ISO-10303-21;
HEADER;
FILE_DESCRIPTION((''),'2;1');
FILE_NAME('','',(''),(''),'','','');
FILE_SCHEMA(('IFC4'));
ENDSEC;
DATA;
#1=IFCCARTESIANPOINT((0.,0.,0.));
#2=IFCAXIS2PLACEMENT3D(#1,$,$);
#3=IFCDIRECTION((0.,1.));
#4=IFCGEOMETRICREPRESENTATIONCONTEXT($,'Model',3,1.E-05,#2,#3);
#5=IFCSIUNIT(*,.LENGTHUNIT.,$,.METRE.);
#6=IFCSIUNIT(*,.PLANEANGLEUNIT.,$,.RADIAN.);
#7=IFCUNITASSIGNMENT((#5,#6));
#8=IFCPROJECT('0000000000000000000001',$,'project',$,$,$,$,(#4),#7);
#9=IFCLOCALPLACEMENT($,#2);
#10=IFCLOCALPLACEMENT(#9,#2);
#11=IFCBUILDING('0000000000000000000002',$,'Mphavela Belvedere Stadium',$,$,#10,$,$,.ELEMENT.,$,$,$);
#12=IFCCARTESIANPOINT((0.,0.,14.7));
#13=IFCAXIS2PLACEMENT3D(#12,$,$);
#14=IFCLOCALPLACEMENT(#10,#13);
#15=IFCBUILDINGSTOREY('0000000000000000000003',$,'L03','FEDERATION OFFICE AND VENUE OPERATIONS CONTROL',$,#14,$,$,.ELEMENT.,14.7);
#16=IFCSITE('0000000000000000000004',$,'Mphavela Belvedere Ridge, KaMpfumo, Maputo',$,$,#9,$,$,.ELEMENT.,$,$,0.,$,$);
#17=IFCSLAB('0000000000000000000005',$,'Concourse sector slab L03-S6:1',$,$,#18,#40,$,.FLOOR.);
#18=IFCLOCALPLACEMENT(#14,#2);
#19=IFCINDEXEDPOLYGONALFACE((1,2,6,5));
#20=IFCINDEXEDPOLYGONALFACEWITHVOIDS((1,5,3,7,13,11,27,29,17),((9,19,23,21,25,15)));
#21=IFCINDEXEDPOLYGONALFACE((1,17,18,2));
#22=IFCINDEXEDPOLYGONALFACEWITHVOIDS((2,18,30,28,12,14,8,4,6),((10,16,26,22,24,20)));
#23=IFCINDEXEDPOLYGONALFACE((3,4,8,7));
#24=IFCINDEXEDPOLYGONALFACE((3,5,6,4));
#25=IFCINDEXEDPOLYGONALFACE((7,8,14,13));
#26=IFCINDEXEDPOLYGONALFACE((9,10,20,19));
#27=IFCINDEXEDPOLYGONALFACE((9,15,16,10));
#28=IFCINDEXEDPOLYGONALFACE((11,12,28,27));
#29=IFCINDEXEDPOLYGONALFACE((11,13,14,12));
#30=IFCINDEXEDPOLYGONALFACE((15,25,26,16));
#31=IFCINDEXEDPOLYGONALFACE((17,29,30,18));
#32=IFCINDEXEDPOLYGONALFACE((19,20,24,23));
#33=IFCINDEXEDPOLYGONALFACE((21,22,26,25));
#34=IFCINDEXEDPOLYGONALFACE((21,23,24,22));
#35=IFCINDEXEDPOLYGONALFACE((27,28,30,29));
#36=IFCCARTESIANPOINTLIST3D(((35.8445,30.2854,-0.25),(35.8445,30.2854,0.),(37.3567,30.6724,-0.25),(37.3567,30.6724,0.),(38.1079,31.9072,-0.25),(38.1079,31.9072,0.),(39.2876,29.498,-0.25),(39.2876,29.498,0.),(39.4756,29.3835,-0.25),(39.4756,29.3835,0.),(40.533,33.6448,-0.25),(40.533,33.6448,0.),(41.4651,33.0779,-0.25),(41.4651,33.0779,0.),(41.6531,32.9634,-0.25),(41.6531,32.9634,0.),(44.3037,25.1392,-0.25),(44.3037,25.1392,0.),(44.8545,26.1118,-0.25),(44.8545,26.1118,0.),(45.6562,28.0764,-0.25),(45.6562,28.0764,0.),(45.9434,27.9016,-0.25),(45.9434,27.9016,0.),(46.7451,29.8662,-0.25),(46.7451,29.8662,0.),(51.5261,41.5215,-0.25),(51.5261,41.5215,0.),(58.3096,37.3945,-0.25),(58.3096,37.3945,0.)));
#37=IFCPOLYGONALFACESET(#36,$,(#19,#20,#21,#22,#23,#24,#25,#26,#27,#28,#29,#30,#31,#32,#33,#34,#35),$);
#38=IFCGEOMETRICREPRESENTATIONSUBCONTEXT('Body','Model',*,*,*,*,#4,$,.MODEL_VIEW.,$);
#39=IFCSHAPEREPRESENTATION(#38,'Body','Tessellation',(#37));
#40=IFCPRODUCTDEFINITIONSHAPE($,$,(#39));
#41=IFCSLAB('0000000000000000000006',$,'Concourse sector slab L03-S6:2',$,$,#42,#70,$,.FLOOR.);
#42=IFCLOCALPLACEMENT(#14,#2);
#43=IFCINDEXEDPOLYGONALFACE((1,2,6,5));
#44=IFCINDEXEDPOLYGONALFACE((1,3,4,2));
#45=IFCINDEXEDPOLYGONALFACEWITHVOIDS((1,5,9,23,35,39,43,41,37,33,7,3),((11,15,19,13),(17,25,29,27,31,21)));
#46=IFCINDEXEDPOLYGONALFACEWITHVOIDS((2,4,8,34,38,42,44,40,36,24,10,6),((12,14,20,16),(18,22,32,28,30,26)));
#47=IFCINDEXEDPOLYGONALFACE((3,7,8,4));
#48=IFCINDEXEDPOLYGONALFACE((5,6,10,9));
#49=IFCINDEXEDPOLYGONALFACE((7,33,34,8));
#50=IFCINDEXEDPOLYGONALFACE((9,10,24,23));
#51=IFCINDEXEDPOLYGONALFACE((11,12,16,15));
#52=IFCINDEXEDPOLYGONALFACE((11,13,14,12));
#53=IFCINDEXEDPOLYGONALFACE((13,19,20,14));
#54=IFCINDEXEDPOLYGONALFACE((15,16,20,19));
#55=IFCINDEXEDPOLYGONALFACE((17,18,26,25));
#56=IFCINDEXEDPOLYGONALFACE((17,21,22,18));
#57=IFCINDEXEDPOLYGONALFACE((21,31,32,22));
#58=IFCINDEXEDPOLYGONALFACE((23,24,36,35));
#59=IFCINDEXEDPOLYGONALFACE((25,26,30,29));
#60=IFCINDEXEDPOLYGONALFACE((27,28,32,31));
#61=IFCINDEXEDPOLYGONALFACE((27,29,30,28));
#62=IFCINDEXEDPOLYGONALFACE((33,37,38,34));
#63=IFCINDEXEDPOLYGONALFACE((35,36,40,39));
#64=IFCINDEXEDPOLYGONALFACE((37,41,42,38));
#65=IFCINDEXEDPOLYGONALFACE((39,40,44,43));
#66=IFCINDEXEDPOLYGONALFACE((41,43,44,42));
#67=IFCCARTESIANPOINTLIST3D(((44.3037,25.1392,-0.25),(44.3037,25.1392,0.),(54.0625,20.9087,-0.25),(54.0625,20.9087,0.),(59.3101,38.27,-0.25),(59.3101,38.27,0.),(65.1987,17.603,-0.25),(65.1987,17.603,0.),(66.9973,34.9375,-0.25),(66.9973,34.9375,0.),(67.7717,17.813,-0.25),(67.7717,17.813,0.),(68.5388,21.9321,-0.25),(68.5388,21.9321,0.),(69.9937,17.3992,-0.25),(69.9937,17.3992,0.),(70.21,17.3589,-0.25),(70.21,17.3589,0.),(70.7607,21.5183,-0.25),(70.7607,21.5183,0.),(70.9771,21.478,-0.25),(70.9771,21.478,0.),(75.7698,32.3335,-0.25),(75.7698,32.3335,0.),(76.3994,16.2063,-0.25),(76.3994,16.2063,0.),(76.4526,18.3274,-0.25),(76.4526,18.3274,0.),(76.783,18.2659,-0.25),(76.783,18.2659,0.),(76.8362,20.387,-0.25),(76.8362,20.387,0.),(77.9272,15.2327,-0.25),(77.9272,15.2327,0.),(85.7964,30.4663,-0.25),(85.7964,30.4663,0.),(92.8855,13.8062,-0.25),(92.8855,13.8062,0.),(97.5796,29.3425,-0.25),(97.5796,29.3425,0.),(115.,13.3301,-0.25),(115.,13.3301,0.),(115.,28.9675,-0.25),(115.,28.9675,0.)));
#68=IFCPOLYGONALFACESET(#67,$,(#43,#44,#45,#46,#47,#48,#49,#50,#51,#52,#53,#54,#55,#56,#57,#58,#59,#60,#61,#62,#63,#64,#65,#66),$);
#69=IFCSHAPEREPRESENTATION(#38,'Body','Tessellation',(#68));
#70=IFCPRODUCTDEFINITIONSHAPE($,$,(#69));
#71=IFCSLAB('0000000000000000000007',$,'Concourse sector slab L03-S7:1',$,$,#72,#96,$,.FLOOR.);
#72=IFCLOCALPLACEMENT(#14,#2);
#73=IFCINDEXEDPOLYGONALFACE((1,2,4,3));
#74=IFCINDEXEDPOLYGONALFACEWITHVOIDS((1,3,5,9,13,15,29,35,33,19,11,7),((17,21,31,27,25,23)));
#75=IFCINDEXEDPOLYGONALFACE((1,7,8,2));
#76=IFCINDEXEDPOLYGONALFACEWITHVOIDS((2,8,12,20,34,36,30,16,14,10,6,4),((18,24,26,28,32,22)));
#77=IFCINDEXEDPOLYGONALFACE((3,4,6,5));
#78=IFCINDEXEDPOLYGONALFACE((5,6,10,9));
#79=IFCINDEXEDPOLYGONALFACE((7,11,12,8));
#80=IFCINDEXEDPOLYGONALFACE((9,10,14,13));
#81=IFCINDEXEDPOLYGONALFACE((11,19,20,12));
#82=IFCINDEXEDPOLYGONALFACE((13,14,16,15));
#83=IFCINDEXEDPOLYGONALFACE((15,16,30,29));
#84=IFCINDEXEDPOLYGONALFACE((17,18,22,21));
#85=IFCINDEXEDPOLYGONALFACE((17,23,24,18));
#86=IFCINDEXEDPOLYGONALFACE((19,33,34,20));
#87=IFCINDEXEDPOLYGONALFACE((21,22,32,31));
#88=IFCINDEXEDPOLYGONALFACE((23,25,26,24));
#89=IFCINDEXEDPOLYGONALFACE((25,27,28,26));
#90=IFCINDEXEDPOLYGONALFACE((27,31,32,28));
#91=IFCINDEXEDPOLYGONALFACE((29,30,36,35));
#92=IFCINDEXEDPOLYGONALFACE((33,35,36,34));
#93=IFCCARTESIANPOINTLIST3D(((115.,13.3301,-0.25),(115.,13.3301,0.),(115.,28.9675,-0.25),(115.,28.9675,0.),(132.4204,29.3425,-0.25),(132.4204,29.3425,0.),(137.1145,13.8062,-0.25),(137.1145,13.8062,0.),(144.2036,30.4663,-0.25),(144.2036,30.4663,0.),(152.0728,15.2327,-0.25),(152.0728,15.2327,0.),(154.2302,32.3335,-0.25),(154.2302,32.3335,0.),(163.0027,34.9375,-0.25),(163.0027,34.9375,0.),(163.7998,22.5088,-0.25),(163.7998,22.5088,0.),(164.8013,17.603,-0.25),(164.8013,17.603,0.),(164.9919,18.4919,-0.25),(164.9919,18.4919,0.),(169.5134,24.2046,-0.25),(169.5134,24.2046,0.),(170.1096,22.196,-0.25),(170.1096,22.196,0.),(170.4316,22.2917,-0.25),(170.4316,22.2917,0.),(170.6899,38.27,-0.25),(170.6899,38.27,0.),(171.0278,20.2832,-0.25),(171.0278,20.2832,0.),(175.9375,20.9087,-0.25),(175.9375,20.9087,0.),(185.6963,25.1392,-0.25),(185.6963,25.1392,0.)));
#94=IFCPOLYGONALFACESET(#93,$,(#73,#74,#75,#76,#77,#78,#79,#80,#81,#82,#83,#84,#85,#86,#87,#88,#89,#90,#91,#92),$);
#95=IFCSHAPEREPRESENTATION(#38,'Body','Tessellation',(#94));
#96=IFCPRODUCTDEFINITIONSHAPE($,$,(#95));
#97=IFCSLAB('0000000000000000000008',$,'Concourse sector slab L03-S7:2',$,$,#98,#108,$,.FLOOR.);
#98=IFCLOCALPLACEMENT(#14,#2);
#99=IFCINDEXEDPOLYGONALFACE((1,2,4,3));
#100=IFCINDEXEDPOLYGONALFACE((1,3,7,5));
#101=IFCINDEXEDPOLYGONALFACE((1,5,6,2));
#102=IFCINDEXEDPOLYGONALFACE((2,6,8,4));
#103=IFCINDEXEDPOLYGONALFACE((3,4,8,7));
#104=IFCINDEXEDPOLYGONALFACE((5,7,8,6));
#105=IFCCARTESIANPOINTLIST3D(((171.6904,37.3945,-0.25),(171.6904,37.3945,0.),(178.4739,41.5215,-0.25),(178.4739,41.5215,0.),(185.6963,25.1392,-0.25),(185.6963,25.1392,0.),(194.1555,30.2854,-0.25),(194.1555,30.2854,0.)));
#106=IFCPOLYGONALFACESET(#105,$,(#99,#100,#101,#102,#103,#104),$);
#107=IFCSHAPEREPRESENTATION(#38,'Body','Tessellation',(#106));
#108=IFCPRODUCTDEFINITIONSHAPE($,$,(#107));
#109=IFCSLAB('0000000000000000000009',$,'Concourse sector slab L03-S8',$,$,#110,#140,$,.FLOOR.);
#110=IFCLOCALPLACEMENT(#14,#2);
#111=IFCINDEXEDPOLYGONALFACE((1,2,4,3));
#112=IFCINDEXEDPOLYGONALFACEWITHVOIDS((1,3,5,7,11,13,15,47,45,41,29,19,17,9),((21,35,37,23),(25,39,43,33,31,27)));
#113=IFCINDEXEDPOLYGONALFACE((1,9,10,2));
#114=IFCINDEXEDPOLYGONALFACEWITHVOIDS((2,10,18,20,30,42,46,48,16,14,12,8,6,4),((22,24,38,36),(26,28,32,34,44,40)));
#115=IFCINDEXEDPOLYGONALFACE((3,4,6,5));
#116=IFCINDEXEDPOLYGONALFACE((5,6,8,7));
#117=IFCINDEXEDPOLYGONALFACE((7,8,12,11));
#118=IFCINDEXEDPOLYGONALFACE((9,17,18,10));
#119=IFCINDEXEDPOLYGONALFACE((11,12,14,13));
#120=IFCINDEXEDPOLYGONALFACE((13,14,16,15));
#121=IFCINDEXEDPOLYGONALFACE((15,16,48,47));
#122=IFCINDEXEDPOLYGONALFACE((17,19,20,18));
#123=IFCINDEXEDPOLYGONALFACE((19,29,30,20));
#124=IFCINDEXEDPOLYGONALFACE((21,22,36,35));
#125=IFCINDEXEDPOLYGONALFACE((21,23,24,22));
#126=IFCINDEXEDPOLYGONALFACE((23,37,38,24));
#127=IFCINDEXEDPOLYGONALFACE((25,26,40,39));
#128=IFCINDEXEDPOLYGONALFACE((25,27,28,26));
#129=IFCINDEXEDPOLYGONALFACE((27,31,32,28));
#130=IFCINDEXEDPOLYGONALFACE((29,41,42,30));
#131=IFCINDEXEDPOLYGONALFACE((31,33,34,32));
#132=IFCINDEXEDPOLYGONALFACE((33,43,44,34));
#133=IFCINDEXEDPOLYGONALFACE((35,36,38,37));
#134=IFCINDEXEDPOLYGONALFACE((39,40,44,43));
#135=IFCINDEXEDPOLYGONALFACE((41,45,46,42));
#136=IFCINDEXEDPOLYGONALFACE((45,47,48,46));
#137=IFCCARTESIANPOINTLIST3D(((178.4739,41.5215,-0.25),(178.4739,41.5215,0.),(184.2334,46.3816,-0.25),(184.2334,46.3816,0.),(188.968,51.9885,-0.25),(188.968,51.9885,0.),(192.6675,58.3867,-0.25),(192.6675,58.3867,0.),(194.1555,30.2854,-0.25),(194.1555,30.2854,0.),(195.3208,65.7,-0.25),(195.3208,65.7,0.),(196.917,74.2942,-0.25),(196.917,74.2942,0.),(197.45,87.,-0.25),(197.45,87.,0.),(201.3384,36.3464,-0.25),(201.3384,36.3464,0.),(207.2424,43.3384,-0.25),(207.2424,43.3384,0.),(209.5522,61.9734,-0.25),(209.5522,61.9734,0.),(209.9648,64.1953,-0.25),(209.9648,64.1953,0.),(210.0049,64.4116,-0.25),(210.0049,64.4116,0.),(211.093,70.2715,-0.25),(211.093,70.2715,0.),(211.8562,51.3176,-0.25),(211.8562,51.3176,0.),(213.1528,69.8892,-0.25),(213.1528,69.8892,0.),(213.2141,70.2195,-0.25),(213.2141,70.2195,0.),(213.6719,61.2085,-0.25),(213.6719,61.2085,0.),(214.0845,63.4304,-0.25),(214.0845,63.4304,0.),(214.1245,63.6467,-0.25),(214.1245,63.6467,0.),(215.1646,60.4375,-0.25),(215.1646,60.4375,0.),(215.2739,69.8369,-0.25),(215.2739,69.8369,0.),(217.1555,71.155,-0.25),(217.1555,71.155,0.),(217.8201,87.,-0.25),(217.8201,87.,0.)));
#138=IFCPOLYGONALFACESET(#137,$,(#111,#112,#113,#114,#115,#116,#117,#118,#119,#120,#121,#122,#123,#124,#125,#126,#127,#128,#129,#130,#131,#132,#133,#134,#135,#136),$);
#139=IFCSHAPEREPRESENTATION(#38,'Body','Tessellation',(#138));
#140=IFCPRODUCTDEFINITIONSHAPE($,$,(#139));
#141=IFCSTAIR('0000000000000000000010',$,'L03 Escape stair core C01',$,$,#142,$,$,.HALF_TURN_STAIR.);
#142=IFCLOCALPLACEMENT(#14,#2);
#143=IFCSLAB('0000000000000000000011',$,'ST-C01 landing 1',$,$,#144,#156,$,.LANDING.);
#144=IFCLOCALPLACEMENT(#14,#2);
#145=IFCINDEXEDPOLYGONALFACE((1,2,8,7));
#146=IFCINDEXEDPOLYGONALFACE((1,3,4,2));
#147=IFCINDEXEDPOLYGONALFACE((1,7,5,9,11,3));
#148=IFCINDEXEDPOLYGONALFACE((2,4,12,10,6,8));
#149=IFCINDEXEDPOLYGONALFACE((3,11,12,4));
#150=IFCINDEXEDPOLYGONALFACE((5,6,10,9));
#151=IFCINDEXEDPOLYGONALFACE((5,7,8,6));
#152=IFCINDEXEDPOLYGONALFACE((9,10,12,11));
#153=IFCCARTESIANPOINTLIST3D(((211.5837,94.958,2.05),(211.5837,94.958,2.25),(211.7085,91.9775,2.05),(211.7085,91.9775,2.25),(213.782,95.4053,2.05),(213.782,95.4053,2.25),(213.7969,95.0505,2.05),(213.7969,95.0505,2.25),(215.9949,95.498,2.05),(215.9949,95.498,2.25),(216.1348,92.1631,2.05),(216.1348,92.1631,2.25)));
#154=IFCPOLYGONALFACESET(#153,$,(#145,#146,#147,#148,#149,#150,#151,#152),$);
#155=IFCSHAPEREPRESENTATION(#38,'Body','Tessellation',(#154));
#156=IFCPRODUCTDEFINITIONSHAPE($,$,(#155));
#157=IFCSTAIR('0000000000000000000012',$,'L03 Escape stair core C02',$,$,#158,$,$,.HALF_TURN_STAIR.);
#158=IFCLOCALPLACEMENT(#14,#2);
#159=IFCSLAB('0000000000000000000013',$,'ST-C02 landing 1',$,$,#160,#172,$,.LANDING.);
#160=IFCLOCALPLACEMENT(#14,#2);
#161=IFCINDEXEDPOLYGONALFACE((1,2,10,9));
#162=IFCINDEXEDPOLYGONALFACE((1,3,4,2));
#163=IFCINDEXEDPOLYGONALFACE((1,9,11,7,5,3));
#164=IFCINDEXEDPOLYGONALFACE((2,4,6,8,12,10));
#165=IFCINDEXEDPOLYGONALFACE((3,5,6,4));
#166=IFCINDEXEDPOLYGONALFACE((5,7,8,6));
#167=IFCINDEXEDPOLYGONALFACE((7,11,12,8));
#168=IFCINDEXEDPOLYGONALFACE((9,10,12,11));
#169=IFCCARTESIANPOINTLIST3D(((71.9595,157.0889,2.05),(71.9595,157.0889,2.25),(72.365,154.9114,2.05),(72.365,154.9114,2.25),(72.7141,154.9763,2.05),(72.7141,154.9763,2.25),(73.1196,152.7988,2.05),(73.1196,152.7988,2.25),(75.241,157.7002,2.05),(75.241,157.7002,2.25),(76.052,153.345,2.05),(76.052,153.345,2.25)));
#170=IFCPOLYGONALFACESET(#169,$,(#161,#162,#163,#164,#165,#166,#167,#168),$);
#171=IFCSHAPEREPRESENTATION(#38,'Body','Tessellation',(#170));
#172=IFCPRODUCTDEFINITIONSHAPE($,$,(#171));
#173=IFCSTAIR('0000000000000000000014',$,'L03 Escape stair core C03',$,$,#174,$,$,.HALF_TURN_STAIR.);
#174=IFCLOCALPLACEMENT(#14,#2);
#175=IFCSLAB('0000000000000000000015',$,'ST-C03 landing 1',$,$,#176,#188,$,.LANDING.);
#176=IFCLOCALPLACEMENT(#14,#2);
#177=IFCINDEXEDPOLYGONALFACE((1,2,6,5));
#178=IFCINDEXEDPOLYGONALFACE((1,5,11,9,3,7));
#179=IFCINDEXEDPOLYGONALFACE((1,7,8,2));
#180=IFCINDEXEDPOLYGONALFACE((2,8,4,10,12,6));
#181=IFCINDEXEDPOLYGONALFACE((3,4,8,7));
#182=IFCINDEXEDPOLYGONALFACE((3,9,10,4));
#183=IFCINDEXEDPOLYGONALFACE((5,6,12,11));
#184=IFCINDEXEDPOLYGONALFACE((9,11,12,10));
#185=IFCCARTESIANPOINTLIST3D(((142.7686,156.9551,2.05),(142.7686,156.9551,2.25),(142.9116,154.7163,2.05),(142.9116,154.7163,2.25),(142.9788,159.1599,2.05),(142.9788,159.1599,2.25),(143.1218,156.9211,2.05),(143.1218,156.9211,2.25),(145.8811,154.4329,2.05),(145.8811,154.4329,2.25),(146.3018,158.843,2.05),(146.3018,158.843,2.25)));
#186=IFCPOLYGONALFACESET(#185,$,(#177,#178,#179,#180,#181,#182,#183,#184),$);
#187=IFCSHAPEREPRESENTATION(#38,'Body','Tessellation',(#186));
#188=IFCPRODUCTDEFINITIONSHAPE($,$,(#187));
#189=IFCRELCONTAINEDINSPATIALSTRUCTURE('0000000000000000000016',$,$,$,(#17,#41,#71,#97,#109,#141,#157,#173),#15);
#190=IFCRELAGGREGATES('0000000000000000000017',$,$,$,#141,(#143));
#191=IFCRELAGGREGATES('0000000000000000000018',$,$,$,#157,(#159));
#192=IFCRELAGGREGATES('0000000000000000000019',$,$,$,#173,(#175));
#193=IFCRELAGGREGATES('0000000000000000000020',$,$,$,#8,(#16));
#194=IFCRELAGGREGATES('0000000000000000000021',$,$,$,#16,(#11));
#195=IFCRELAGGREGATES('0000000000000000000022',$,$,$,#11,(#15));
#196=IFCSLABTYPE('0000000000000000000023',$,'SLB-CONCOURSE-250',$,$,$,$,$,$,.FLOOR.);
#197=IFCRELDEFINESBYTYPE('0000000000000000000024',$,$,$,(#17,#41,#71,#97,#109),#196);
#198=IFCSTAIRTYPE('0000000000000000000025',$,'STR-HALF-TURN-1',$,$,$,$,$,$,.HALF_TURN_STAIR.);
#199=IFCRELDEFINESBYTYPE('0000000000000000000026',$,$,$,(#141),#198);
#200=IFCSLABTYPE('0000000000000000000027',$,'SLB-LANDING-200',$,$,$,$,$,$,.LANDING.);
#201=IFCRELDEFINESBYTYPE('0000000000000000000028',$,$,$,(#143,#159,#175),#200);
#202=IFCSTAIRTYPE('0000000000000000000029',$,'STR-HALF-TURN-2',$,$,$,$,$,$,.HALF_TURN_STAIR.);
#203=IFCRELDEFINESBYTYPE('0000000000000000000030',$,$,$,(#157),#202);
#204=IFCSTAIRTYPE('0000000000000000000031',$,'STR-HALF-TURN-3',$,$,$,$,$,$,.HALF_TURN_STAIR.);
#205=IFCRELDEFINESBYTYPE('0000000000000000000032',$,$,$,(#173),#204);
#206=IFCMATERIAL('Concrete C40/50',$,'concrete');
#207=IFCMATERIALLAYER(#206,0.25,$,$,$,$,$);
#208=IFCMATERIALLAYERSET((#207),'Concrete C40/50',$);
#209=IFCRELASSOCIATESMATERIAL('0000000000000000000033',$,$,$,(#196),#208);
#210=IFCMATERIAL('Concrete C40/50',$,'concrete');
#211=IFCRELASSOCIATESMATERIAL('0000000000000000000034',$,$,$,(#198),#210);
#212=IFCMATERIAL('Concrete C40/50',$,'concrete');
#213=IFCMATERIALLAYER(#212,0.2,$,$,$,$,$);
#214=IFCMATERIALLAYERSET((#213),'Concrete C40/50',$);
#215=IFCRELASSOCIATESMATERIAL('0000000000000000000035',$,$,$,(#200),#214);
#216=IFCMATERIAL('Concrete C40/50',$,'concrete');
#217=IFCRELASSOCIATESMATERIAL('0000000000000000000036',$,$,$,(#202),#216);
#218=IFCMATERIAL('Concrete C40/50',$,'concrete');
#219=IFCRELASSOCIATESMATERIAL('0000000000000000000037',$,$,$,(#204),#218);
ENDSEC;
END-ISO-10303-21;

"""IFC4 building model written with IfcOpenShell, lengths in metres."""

from ifc_helpers import new_model, si_unit, direction, frame, origin, place, context, subcontext, project, spatial, polyline, outline, extrude, material, layer, layer_set, type_object, element, aggregate, save


model = new_model("IFC4")

# Units and contexts
model_context = context("Model", 3, precision=1e-05, world=origin(), true_north=direction((0.0, 1.0)))
body_context = subcontext(model_context, "Body", "Model", "MODEL_VIEW")
ifc_project = project(units=[si_unit("LENGTHUNIT", "METRE"), si_unit("PLANEANGLEUNIT", "RADIAN")], contexts=[model_context])

# Site, building, storey
site_placement = place(None, origin())
site = spatial("IfcSite", under=ifc_project, at=site_placement, Name="Mphavela Belvedere Ridge, KaMpfumo, Maputo", CompositionType="ELEMENT", RefElevation=0.0)
building_placement = place(site_placement, origin())
building = spatial("IfcBuilding", under=site, at=building_placement, Name="Mphavela Belvedere Stadium", CompositionType="ELEMENT")
storey_placement = place(building_placement, frame((0.0, 0.0, 14.7)))
storey = spatial("IfcBuildingStorey", under=building, at=storey_placement, Name="L03", Description="FEDERATION OFFICE AND VENUE OPERATIONS CONTROL", CompositionType="ELEMENT", Elevation=14.7)

# Slabs
ifc_material_1 = material(Name="Concrete C40/50", Category="concrete")
ifc_layer_1 = layer(ifc_material_1, 0.25)
ifc_layer_set_1 = layer_set([ifc_layer_1], Name="Concrete C40/50")
slab_type_1 = type_object("IfcSlabType", Name="SLB-CONCOURSE-250", PredefinedType="FLOOR", material=ifc_layer_set_1)
slab_1_placement = place(storey_placement, frame((0.0, 0.0, -0.25)))
element("IfcSlab", 1, at=slab_1_placement, inside=storey, type_object=slab_type_1, Name="Concourse sector slab L03-S6:1", PredefinedType="FLOOR", context=body_context, shape_type="SweptSolid", body=[
    extrude(outline(polyline([(37.3567, 30.6724), (39.2876, 29.498), (41.4651, 33.0779), (40.533, 33.6448), (51.5261, 41.5215), (58.3096, 37.3945), (44.3037, 25.1392), (35.8445, 30.2854), (38.1079, 31.9072), (37.3567, 30.6724)]), holes=[polyline([(45.9434, 27.9016), (45.6562, 28.0764), (46.7451, 29.8662), (41.6531, 32.9634), (39.4756, 29.3835), (44.8545, 26.1118), (45.9434, 27.9016)])]), origin(), (0.0, 0.0, 1.0), 0.25),
])
slab_2_placement = place(storey_placement, frame((0.0, 0.0, -0.25)))
element("IfcSlab", 2, at=slab_2_placement, inside=storey, type_object=slab_type_1, Name="Concourse sector slab L03-S6:2", PredefinedType="FLOOR", context=body_context, shape_type="SweptSolid", body=[
    extrude(outline(polyline([(115.0, 13.3301), (92.8855, 13.8062), (77.9272, 15.2327), (65.1987, 17.603), (54.0625, 20.9087), (44.3037, 25.1392), (59.3101, 38.27), (66.9973, 34.9375), (75.7698, 32.3335), (85.7964, 30.4663), (97.5796, 29.3425), (115.0, 28.9675), (115.0, 13.3301)]), holes=[polyline([(70.21, 17.3589), (76.3994, 16.2063), (76.783, 18.2659), (76.4526, 18.3274), (76.8362, 20.387), (70.9771, 21.478), (70.21, 17.3589)]), polyline([(67.7717, 17.813), (69.9937, 17.3992), (70.7607, 21.5183), (68.5388, 21.9321), (67.7717, 17.813)])]), origin(), (0.0, 0.0, 1.0), 0.25),
])
slab_3_placement = place(storey_placement, frame((0.0, 0.0, -0.25)))
element("IfcSlab", 3, at=slab_3_placement, inside=storey, type_object=slab_type_1, Name="Concourse sector slab L03-S7:1", PredefinedType="FLOOR", context=body_context, shape_type="SweptSolid", body=[
    extrude(outline(polyline([(185.6963, 25.1392), (175.9375, 20.9087), (164.8013, 17.603), (152.0728, 15.2327), (137.1145, 13.8062), (115.0, 13.3301), (115.0, 28.9675), (132.4204, 29.3425), (144.2036, 30.4663), (154.2302, 32.3335), (163.0027, 34.9375), (170.6899, 38.27), (185.6963, 25.1392)]), holes=[polyline([(163.7998, 22.5088), (164.9919, 18.4919), (171.0278, 20.2832), (170.4316, 22.2917), (170.1096, 22.196), (169.5134, 24.2046), (163.7998, 22.5088)])]), origin(), (0.0, 0.0, 1.0), 0.25),
])
slab_4_placement = place(storey_placement, frame((0.0, 0.0, -0.25)))
element("IfcSlab", 4, at=slab_4_placement, inside=storey, type_object=slab_type_1, Name="Concourse sector slab L03-S7:2", PredefinedType="FLOOR", context=body_context, shape_type="SweptSolid", body=[
    extrude(outline(polyline([(194.1555, 30.2854), (185.6963, 25.1392), (171.6904, 37.3945), (178.4739, 41.5215), (194.1555, 30.2854)])), origin(), (0.0, 0.0, 1.0), 0.25),
])
slab_5_placement = place(storey_placement, frame((0.0, 0.0, -0.25)))
element("IfcSlab", 5, at=slab_5_placement, inside=storey, type_object=slab_type_1, Name="Concourse sector slab L03-S8", PredefinedType="FLOOR", context=body_context, shape_type="SweptSolid", body=[
    extrude(outline(polyline([(217.8201, 87.0), (217.1555, 71.155), (215.1646, 60.4375), (211.8562, 51.3176), (207.2424, 43.3384), (201.3384, 36.3464), (194.1555, 30.2854), (178.4739, 41.5215), (184.2334, 46.3816), (188.968, 51.9885), (192.6675, 58.3867), (195.3208, 65.7), (196.917, 74.2942), (197.45, 87.0), (217.8201, 87.0)]), holes=[polyline([(214.1245, 63.6467), (215.2739, 69.8369), (213.2141, 70.2195), (213.1528, 69.8892), (211.093, 70.2715), (210.0049, 64.4116), (214.1245, 63.6467)]), polyline([(213.6719, 61.2085), (214.0845, 63.4304), (209.9648, 64.1953), (209.5522, 61.9734), (213.6719, 61.2085)])]), origin(), (0.0, 0.0, 1.0), 0.25),
])

# Stairs, slabs
ifc_material_2 = material(Name="Concrete C40/50", Category="concrete")
stair_type_1 = type_object("IfcStairType", Name="STR-HALF-TURN-1", PredefinedType="HALF_TURN_STAIR", material=ifc_material_2)
stair_1_placement = place(storey_placement, origin())
stair_1 = element("IfcStair", 6, at=stair_1_placement, inside=storey, type_object=stair_type_1, Name="L03 Escape stair core C01", PredefinedType="HALF_TURN_STAIR")
ifc_material_3 = material(Name="Concrete C40/50", Category="concrete")
ifc_layer_2 = layer(ifc_material_3, 0.2)
ifc_layer_set_2 = layer_set([ifc_layer_2], Name="Concrete C40/50")
slab_type_2 = type_object("IfcSlabType", Name="SLB-LANDING-200", PredefinedType="LANDING", material=ifc_layer_set_2)
slab_6_placement = place(storey_placement, frame((0.0, 0.0, 2.05)))
slab_6 = element("IfcSlab", 7, at=slab_6_placement, type_object=slab_type_2, Name="ST-C01 landing 1", PredefinedType="LANDING", context=body_context, shape_type="SweptSolid", body=[
    extrude(outline(polyline([(211.5837, 94.958), (211.7085, 91.9775), (216.1348, 92.1631), (215.9949, 95.498), (213.782, 95.4053), (213.7969, 95.0505), (211.5837, 94.958)])), origin(), (0.0, 0.0, 1.0), 0.2),
])
aggregate(stair_1, [slab_6])
ifc_material_4 = material(Name="Concrete C40/50", Category="concrete")
stair_type_2 = type_object("IfcStairType", Name="STR-HALF-TURN-2", PredefinedType="HALF_TURN_STAIR", material=ifc_material_4)
stair_2_placement = place(storey_placement, origin())
stair_2 = element("IfcStair", 8, at=stair_2_placement, inside=storey, type_object=stair_type_2, Name="L03 Escape stair core C02", PredefinedType="HALF_TURN_STAIR")
slab_7_placement = place(storey_placement, frame((0.0, 0.0, 2.05)))
slab_7 = element("IfcSlab", 9, at=slab_7_placement, type_object=slab_type_2, Name="ST-C02 landing 1", PredefinedType="LANDING", context=body_context, shape_type="SweptSolid", body=[
    extrude(outline(polyline([(73.1196, 152.7988), (76.052, 153.345), (75.241, 157.7002), (71.9595, 157.0889), (72.365, 154.9114), (72.7141, 154.9763), (73.1196, 152.7988)])), origin(), (0.0, 0.0, 1.0), 0.2),
])
aggregate(stair_2, [slab_7])
ifc_material_5 = material(Name="Concrete C40/50", Category="concrete")
stair_type_3 = type_object("IfcStairType", Name="STR-HALF-TURN-3", PredefinedType="HALF_TURN_STAIR", material=ifc_material_5)
stair_3_placement = place(storey_placement, origin())
stair_3 = element("IfcStair", 10, at=stair_3_placement, inside=storey, type_object=stair_type_3, Name="L03 Escape stair core C03", PredefinedType="HALF_TURN_STAIR")
slab_8_placement = place(storey_placement, frame((0.0, 0.0, 2.05)))
slab_8 = element("IfcSlab", 11, at=slab_8_placement, type_object=slab_type_2, Name="ST-C03 landing 1", PredefinedType="LANDING", context=body_context, shape_type="SweptSolid", body=[
    extrude(outline(polyline([(142.9116, 154.7163), (145.8811, 154.4329), (146.3018, 158.843), (142.9788, 159.1599), (142.7686, 156.9551), (143.1218, 156.9211), (142.9116, 154.7163)])), origin(), (0.0, 0.0, 1.0), 0.2),
])
aggregate(stair_3, [slab_8])

save(model, "model.ifc")
